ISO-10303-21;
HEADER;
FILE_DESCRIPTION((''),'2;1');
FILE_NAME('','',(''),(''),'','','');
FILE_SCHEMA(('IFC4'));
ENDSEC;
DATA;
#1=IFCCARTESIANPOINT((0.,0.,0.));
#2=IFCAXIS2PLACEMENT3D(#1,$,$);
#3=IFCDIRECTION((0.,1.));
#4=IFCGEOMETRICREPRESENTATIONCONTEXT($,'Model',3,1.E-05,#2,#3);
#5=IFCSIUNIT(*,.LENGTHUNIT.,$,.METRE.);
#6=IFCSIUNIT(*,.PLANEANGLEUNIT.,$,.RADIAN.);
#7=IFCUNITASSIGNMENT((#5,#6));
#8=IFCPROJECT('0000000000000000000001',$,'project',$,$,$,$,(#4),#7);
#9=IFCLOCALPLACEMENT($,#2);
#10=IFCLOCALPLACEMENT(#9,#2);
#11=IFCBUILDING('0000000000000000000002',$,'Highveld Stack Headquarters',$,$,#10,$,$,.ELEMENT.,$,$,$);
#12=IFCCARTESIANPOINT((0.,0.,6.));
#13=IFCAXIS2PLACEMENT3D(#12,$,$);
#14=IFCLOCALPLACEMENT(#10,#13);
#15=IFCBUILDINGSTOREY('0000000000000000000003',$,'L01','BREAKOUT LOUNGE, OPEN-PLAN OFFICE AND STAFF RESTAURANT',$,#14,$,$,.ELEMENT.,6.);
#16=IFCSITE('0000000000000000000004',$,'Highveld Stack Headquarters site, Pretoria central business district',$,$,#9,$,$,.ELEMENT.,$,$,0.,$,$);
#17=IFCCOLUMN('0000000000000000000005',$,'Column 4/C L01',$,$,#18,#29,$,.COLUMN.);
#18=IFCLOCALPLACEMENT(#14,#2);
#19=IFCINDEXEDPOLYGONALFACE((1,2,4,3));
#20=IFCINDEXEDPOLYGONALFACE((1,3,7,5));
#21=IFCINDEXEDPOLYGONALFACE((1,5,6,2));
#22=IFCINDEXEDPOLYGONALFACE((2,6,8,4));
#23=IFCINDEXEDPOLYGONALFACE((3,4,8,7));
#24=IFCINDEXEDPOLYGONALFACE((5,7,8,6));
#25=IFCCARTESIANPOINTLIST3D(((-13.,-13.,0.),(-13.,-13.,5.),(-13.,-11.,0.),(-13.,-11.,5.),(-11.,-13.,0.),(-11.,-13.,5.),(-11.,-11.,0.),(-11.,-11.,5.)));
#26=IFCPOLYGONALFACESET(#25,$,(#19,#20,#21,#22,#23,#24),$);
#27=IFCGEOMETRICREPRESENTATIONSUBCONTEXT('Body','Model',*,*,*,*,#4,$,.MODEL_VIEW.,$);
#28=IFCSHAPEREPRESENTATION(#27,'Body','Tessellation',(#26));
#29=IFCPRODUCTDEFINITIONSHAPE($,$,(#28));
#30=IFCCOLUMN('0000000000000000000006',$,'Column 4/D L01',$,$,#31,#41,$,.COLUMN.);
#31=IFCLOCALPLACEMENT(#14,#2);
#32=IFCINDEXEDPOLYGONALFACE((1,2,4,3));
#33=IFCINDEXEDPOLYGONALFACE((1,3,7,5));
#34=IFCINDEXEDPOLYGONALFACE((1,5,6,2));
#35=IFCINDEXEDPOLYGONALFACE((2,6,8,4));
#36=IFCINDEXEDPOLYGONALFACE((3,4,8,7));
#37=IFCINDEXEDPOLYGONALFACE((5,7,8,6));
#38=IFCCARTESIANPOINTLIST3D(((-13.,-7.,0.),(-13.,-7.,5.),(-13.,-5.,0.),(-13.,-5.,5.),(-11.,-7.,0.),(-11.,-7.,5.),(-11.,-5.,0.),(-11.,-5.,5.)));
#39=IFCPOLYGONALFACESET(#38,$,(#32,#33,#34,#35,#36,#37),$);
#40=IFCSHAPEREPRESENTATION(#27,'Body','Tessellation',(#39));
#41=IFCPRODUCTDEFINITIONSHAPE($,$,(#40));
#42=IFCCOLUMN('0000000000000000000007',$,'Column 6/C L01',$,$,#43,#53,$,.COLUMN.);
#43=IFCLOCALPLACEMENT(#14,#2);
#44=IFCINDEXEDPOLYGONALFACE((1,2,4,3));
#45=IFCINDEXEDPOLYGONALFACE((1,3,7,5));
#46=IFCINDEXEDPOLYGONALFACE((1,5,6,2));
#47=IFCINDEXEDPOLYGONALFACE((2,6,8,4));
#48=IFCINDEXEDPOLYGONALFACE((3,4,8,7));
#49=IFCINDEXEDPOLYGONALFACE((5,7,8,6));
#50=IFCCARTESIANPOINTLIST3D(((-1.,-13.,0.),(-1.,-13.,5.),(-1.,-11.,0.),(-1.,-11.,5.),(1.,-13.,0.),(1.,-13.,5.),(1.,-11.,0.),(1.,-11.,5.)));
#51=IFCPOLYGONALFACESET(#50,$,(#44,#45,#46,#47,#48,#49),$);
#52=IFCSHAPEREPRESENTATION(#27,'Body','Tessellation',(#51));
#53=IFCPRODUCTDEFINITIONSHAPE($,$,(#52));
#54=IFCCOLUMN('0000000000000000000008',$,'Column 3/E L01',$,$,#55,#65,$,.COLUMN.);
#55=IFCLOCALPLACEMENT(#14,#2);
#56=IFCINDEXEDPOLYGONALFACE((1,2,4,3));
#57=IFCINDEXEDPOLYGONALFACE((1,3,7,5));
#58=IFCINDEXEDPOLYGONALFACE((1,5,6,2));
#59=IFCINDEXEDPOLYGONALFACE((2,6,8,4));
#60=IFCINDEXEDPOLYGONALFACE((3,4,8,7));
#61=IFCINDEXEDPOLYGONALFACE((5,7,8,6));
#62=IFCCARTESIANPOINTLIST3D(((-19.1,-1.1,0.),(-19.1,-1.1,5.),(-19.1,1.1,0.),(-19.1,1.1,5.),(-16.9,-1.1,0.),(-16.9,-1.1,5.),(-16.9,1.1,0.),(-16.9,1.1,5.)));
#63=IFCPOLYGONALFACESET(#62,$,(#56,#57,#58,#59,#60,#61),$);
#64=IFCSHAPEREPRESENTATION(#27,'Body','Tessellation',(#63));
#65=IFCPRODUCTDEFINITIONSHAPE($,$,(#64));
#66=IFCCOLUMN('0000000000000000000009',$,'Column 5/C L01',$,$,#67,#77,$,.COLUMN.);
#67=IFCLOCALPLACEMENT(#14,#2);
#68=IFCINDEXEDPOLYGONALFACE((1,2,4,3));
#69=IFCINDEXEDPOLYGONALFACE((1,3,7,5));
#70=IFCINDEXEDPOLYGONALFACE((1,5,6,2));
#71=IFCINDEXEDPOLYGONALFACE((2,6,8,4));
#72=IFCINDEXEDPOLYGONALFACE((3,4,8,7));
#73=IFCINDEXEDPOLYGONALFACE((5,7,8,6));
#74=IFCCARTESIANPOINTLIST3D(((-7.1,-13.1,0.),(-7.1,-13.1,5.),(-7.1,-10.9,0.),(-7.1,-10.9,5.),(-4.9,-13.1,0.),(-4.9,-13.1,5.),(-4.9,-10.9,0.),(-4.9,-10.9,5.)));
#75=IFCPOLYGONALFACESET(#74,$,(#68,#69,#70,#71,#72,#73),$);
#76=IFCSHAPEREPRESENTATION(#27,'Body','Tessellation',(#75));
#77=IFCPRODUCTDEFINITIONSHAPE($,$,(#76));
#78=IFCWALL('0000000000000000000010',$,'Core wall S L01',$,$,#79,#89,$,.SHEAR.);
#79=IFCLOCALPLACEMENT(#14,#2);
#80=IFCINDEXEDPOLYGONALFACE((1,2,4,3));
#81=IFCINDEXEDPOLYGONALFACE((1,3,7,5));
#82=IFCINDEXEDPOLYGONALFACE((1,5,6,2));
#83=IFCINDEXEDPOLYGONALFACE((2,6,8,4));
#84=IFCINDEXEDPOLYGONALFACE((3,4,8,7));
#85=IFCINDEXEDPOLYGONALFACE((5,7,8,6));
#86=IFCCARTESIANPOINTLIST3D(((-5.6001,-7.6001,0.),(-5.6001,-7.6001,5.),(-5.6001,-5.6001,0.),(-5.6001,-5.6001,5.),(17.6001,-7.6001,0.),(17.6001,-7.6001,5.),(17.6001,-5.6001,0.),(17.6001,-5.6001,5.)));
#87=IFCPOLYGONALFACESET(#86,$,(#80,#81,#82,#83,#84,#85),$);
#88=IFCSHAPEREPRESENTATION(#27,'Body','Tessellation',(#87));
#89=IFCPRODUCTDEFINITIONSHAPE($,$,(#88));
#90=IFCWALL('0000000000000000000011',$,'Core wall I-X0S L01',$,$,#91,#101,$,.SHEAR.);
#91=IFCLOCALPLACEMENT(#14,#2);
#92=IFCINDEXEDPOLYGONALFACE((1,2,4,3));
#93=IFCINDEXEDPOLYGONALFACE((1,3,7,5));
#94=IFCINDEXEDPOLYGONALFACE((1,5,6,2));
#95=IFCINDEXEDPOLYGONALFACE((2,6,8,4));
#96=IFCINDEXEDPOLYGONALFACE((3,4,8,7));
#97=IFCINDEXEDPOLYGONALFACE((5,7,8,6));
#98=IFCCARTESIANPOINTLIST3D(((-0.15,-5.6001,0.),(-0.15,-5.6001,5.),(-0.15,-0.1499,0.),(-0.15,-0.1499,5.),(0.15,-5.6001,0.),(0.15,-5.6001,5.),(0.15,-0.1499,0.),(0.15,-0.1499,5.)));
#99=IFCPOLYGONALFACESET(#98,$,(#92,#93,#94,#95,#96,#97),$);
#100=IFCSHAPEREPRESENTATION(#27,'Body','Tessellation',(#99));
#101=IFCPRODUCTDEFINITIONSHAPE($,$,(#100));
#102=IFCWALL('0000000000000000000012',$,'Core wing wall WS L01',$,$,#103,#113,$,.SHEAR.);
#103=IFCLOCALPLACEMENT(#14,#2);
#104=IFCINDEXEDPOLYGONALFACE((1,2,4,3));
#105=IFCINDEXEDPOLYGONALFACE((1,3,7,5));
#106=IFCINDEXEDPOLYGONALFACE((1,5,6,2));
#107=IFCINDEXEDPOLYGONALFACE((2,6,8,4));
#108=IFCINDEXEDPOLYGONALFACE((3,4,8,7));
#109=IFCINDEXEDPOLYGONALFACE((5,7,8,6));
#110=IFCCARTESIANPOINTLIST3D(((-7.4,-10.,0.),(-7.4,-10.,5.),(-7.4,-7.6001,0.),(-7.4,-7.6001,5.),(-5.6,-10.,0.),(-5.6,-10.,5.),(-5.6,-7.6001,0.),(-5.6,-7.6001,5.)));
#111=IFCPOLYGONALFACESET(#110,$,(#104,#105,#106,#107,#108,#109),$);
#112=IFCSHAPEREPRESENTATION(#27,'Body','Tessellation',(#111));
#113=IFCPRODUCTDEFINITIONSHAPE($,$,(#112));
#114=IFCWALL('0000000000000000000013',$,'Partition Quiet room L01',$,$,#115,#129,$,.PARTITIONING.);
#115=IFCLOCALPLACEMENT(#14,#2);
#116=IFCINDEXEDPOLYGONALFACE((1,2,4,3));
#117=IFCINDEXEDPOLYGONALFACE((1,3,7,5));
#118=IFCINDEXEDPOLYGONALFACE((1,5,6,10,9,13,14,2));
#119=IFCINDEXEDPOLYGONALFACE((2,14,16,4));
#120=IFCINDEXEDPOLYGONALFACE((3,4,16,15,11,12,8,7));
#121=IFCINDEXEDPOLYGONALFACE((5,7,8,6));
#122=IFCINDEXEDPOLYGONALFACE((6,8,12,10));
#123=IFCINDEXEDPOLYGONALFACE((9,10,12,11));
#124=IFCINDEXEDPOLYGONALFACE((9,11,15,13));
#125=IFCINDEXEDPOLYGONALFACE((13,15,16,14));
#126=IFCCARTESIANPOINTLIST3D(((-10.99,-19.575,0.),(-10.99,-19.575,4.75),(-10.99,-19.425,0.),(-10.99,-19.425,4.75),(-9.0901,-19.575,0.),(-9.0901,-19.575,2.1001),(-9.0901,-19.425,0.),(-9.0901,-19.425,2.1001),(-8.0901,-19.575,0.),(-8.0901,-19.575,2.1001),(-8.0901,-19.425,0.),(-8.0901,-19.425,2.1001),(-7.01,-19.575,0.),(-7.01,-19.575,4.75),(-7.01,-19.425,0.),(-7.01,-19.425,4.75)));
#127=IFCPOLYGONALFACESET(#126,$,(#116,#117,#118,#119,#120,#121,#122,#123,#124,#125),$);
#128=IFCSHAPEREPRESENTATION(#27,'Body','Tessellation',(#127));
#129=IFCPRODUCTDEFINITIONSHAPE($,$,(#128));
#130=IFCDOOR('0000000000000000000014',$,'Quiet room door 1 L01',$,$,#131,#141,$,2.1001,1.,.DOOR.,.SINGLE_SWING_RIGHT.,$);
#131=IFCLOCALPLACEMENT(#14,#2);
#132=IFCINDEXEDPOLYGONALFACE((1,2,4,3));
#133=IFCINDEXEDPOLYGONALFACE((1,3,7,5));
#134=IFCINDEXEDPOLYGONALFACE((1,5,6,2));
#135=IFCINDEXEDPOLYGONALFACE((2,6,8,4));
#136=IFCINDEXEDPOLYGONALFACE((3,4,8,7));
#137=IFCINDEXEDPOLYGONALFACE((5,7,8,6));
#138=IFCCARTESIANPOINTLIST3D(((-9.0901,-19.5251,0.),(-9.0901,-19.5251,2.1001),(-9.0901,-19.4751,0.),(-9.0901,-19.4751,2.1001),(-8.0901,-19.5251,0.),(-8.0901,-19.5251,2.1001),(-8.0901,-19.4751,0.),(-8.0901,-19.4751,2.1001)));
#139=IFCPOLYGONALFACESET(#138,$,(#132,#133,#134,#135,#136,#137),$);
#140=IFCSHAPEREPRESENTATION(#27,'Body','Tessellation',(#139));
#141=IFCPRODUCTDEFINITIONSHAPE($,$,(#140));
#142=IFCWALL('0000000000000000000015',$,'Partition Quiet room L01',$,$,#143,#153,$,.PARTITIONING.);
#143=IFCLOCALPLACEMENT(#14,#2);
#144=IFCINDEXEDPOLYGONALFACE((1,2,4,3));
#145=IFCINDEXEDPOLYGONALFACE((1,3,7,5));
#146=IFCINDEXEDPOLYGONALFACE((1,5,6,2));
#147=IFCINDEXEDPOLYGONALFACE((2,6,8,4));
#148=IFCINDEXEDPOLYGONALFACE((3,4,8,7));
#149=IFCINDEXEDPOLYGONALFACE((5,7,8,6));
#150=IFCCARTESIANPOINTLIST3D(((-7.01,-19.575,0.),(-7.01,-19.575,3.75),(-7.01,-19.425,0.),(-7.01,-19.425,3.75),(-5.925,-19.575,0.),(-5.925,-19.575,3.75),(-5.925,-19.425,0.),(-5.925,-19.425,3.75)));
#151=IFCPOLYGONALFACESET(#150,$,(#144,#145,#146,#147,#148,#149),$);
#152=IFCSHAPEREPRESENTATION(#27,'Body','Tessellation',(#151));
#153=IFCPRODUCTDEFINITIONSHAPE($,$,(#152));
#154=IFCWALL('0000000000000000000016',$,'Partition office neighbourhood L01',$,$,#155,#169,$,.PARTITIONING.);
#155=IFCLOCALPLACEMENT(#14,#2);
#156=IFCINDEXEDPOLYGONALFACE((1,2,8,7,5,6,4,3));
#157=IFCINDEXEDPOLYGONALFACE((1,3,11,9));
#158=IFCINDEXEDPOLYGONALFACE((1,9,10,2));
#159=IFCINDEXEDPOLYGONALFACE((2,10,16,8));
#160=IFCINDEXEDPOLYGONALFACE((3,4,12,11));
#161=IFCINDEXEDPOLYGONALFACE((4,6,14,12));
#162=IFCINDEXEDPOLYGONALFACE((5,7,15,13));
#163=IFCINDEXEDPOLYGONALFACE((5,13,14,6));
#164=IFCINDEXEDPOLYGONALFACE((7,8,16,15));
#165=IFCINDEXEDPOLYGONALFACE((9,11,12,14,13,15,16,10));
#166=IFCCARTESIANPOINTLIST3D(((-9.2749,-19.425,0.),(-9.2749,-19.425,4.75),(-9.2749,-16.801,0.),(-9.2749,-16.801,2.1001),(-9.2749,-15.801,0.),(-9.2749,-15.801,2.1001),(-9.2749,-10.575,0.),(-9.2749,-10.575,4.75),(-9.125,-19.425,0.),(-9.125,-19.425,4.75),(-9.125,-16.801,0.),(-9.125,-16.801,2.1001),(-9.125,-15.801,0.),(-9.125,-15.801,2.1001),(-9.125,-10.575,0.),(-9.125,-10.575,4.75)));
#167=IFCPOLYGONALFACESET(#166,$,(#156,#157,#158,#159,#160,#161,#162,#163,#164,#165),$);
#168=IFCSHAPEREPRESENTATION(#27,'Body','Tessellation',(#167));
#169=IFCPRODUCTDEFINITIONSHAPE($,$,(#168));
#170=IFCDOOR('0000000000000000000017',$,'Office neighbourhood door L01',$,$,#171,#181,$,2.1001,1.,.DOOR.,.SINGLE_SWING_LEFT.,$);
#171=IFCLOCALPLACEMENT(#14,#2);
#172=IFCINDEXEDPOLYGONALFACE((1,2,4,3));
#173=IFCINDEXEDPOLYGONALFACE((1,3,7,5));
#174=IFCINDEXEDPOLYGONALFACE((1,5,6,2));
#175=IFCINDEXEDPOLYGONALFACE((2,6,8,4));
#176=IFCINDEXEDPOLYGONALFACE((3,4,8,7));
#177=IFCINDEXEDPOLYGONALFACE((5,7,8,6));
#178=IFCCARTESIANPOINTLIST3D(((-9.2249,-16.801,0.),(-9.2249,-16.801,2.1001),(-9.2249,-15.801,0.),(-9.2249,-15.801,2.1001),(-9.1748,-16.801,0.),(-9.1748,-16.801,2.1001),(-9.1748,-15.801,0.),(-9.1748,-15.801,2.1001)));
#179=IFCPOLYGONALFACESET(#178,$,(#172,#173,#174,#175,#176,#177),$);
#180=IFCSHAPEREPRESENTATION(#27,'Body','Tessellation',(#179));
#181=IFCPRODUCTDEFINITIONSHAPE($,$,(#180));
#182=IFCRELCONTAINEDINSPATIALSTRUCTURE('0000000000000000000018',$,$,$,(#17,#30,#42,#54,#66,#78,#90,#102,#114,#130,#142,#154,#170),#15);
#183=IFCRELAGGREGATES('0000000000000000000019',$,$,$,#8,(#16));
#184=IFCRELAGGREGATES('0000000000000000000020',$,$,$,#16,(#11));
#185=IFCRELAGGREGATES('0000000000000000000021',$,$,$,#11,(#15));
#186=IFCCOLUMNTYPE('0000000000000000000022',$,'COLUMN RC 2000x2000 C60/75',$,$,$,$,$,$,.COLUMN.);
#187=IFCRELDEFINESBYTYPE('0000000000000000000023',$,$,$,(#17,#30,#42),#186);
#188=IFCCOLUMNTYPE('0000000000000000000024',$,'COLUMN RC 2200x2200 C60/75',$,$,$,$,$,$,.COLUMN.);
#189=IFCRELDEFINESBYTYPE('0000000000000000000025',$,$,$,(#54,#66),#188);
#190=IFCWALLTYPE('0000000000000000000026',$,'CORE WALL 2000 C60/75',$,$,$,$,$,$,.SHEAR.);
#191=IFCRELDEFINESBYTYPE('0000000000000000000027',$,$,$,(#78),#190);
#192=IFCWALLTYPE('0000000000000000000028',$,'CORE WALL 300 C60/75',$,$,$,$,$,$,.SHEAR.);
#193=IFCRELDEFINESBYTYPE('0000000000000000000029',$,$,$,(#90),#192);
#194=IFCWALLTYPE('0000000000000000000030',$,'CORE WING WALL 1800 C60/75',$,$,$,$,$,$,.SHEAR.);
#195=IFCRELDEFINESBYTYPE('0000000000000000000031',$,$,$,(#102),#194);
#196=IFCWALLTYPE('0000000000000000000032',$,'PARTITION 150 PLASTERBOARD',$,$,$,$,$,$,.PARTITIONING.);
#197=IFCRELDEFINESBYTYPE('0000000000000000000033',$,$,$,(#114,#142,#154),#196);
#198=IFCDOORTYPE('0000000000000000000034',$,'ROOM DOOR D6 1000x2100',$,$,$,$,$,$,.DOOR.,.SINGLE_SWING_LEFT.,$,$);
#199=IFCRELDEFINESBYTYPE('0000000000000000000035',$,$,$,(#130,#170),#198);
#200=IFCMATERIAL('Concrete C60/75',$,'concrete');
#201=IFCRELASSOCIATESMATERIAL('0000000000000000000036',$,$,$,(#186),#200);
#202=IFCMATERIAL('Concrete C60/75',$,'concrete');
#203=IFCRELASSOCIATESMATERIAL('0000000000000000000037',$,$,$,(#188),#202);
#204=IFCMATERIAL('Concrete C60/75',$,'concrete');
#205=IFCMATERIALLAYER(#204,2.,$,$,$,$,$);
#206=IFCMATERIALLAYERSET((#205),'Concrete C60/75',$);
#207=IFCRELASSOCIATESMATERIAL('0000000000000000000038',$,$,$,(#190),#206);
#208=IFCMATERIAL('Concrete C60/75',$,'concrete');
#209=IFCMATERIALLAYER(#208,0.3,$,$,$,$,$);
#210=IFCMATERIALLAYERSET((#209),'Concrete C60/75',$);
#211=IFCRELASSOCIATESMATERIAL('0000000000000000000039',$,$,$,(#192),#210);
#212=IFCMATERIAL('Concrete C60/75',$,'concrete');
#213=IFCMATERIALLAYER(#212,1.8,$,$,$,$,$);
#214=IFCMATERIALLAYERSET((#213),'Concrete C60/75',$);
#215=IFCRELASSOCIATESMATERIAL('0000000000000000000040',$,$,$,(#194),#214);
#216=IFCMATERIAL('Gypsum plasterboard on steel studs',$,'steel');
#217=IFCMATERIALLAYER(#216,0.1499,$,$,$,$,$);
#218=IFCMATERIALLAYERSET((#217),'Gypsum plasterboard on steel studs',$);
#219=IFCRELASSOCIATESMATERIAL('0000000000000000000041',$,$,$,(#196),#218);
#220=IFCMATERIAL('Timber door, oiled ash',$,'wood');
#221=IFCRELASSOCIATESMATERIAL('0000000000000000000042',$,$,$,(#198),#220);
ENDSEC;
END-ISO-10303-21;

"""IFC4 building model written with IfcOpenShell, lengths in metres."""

from ifc_helpers import new_model, si_unit, direction, frame, frame_2d, origin, origin_2d, place, context, subcontext, project, spatial, rectangle, extrude, material, layer, layer_set, material_profile, profile_set, type_object, element, fill, save


model = new_model("IFC4")

# Units and contexts
model_context = context("Model", 3, precision=1e-05, world=origin(), true_north=direction((0.0, 1.0)))
body_context = subcontext(model_context, "Body", "Model", "MODEL_VIEW")
ifc_project = project(units=[si_unit("LENGTHUNIT", "METRE"), si_unit("PLANEANGLEUNIT", "RADIAN")], contexts=[model_context])

# Site, building, storey
site_placement = place(None, origin())
site = spatial("IfcSite", under=ifc_project, at=site_placement, Name="Highveld Stack Headquarters site, Pretoria central business district", CompositionType="ELEMENT", RefElevation=0.0)
building_placement = place(site_placement, origin())
building = spatial("IfcBuilding", under=site, at=building_placement, Name="Highveld Stack Headquarters", CompositionType="ELEMENT")
storey_placement = place(building_placement, frame((0.0, 0.0, 6.0)))
storey = spatial("IfcBuildingStorey", under=building, at=storey_placement, Name="L01", Description="BREAKOUT LOUNGE, OPEN-PLAN OFFICE AND STAFF RESTAURANT", CompositionType="ELEMENT", Elevation=6.0)

# Columns
ifc_material_1 = material(Name="Concrete C60/75", Category="concrete")
ifc_material_profile_1 = material_profile(ifc_material_1, rectangle(XDim=2.0, YDim=2.0, at=origin_2d()), Name="RC 2000x2000")
ifc_profile_set_1 = profile_set([ifc_material_profile_1], Name="Concrete C60/75")
column_type_1 = type_object("IfcColumnType", Name="COLUMN RC 2000x2000 C60/75", PredefinedType="COLUMN", material=ifc_profile_set_1)
for number, where, z_axis, x_axis, name in (
    (1, (-12.0, -12.0, 0.0), (0.0, 0.0, 1.0), (1.0, 0.0, 0.0), "Column 4/C L01"),
    (2, (-12.0, -6.0, 0.0), (0.0, 0.0, 1.0), (1.0, 0.0, 0.0), "Column 4/D L01"),
    (3, (0.0, -12.0, 0.0), (0.0, 0.0, 1.0), (1.0, 0.0, 0.0), "Column 6/C L01"),
):
    element("IfcColumn", number, at=place(storey_placement, frame(where, z_axis=z_axis, x_axis=x_axis)), inside=storey, type_object=column_type_1, Name=name, PredefinedType="COLUMN", context=body_context, shape_type="SweptSolid", body=[
        extrude(rectangle(XDim=2.0, YDim=2.0, at=origin_2d()), origin(), (0.0, 0.0, 1.0), 5.0),
    ])
ifc_material_2 = material(Name="Concrete C60/75", Category="concrete")
ifc_material_profile_2 = material_profile(ifc_material_2, rectangle(XDim=2.2, YDim=2.2, at=origin_2d()), Name="RC 2200x2200")
ifc_profile_set_2 = profile_set([ifc_material_profile_2], Name="Concrete C60/75")
column_type_2 = type_object("IfcColumnType", Name="COLUMN RC 2200x2200 C60/75", PredefinedType="COLUMN", material=ifc_profile_set_2)
for number, where, z_axis, x_axis, name in (
    (4, (-18.0, 0.0, 0.0), (0.0, 0.0, 1.0), (1.0, 0.0, 0.0), "Column 3/E L01"),
    (5, (-6.0, -12.0, 0.0), (0.0, 0.0, 1.0), (1.0, 0.0, 0.0), "Column 5/C L01"),
):
    element("IfcColumn", number, at=place(storey_placement, frame(where, z_axis=z_axis, x_axis=x_axis)), inside=storey, type_object=column_type_2, Name=name, PredefinedType="COLUMN", context=body_context, shape_type="SweptSolid", body=[
        extrude(rectangle(XDim=2.2, YDim=2.2, at=origin_2d()), origin(), (0.0, 0.0, 1.0), 5.0),
    ])

# Walls
ifc_material_3 = material(Name="Concrete C60/75", Category="concrete")
ifc_layer_1 = layer(ifc_material_3, 2.0)
ifc_layer_set_1 = layer_set([ifc_layer_1], Name="Concrete C60/75")
wall_type_1 = type_object("IfcWallType", Name="CORE WALL 2000 C60/75", PredefinedType="SHEAR", material=ifc_layer_set_1)
wall_1_placement = place(storey_placement, frame((-5.6001, -6.6001, 0.0), z_axis=(0.0, 0.0, 1.0), x_axis=(1.0, 0.0, 0.0)))
element("IfcWall", 6, at=wall_1_placement, inside=storey, type_object=wall_type_1, Name="Core wall S L01", PredefinedType="SHEAR", context=body_context, shape_type="SweptSolid", body=[
    extrude(rectangle(XDim=23.2002, YDim=2.0, at=frame_2d((11.6001, 0.0))), origin(), (0.0, 0.0, 1.0), 5.0),
])
ifc_material_4 = material(Name="Concrete C60/75", Category="concrete")
ifc_layer_2 = layer(ifc_material_4, 0.3)
ifc_layer_set_2 = layer_set([ifc_layer_2], Name="Concrete C60/75")
wall_type_2 = type_object("IfcWallType", Name="CORE WALL 300 C60/75", PredefinedType="SHEAR", material=ifc_layer_set_2)
wall_2_placement = place(storey_placement, frame((0.0, -5.6001, 0.0), z_axis=(0.0, 0.0, 1.0), x_axis=(0.0, 1.0, 0.0)))
element("IfcWall", 7, at=wall_2_placement, inside=storey, type_object=wall_type_2, Name="Core wall I-X0S L01", PredefinedType="SHEAR", context=body_context, shape_type="SweptSolid", body=[
    extrude(rectangle(XDim=5.4502, YDim=0.3, at=frame_2d((2.7251, 0.0))), origin(), (0.0, 0.0, 1.0), 5.0),
])
ifc_material_5 = material(Name="Concrete C60/75", Category="concrete")
ifc_layer_3 = layer(ifc_material_5, 1.8)
ifc_layer_set_3 = layer_set([ifc_layer_3], Name="Concrete C60/75")
wall_type_3 = type_object("IfcWallType", Name="CORE WING WALL 1800 C60/75", PredefinedType="SHEAR", material=ifc_layer_set_3)
wall_3_placement = place(storey_placement, frame((-6.5, -10.0, 0.0), z_axis=(0.0, 0.0, 1.0), x_axis=(0.0, 1.0, 0.0)))
element("IfcWall", 8, at=wall_3_placement, inside=storey, type_object=wall_type_3, Name="Core wing wall WS L01", PredefinedType="SHEAR", context=body_context, shape_type="SweptSolid", body=[
    extrude(rectangle(XDim=2.3999, YDim=1.8, at=frame_2d((1.2, 0.0))), origin(), (0.0, 0.0, 1.0), 5.0),
])

# Wall, opening, door
ifc_material_6 = material(Name="Gypsum plasterboard on steel studs", Category="steel")
ifc_layer_4 = layer(ifc_material_6, 0.1499)
ifc_layer_set_4 = layer_set([ifc_layer_4], Name="Gypsum plasterboard on steel studs")
wall_type_4 = type_object("IfcWallType", Name="PARTITION 150 PLASTERBOARD", PredefinedType="PARTITIONING", material=ifc_layer_set_4)
wall_4_placement = place(storey_placement, frame((-10.99, -19.5, 0.0), z_axis=(0.0, 0.0, 1.0), x_axis=(1.0, 0.0, 0.0)))
wall_4 = element("IfcWall", 9, at=wall_4_placement, inside=storey, type_object=wall_type_4, Name="Partition Quiet room L01", PredefinedType="PARTITIONING", context=body_context, shape_type="SweptSolid", body=[
    extrude(rectangle(XDim=3.98, YDim=0.1499, at=frame_2d((1.99, 0.0))), origin(), (0.0, 0.0, 1.0), 4.75),
])
opening_1_placement = place(wall_4_placement, frame((1.8999, 0.0, 0.0)))
opening_1 = element("IfcOpeningElement", 10, at=opening_1_placement, cuts=wall_4, PredefinedType="OPENING", context=body_context, shape_type="SweptSolid", body=[
    extrude(rectangle(XDim=1.0, YDim=2.1001, at=frame_2d((0.5, 1.05))), frame((0.0, 0.085, 0.0), z_axis=(0.0, -1.0, 0.0), x_axis=(1.0, 0.0, 0.0)), (0.0, 0.0, 1.0), 0.1699),
])
ifc_material_7 = material(Name="Timber door, oiled ash", Category="wood")
door_type_1 = type_object("IfcDoorType", Name="ROOM DOOR D6 1000x2100", OperationType="SINGLE_SWING_LEFT", PredefinedType="DOOR", material=ifc_material_7)
door_1_placement = place(opening_1_placement, origin())
door_1 = element("IfcDoor", 11, at=door_1_placement, inside=storey, type_object=door_type_1, Name="Quiet room door 1 L01", OperationType="SINGLE_SWING_RIGHT", OverallHeight=2.1001, OverallWidth=1.0, PredefinedType="DOOR", context=body_context, shape_type="SweptSolid", body=[
    extrude(rectangle(XDim=1.0, YDim=2.1001, at=frame_2d((0.5, 1.05))), frame((0.0, 0.0249, 0.0), z_axis=(0.0, -1.0, 0.0), x_axis=(1.0, 0.0, 0.0)), (0.0, 0.0, 1.0), 0.05),
])
fill(opening_1, door_1)

# Wall
wall_5_placement = place(storey_placement, frame((-7.01, -19.5, 0.0), z_axis=(0.0, 0.0, 1.0), x_axis=(1.0, 0.0, 0.0)))
element("IfcWall", 12, at=wall_5_placement, inside=storey, type_object=wall_type_4, Name="Partition Quiet room L01", PredefinedType="PARTITIONING", context=body_context, shape_type="SweptSolid", body=[
    extrude(rectangle(XDim=1.085, YDim=0.1499, at=frame_2d((0.5425, 0.0))), origin(), (0.0, 0.0, 1.0), 3.75),
])

# Wall, opening, door
wall_6_placement = place(storey_placement, frame((-9.2, -19.425, 0.0), z_axis=(0.0, 0.0, 1.0), x_axis=(0.0, 1.0, 0.0)))
wall_6 = element("IfcWall", 13, at=wall_6_placement, inside=storey, type_object=wall_type_4, Name="Partition office neighbourhood L01", PredefinedType="PARTITIONING", context=body_context, shape_type="SweptSolid", body=[
    extrude(rectangle(XDim=8.8501, YDim=0.1499, at=frame_2d((4.425, 0.0))), origin(), (0.0, 0.0, 1.0), 4.75),
])
opening_2_placement = place(wall_6_placement, frame((2.624, 0.0, 0.0)))
opening_2 = element("IfcOpeningElement", 14, at=opening_2_placement, cuts=wall_6, PredefinedType="OPENING", context=body_context, shape_type="SweptSolid", body=[
    extrude(rectangle(XDim=1.0, YDim=2.1001, at=frame_2d((0.5, 1.05))), frame((0.0, 0.085, 0.0), z_axis=(0.0, -1.0, 0.0), x_axis=(1.0, 0.0, 0.0)), (0.0, 0.0, 1.0), 0.1699),
])
door_2_placement = place(opening_2_placement, origin())
door_2 = element("IfcDoor", 15, at=door_2_placement, inside=storey, type_object=door_type_1, Name="Office neighbourhood door L01", OperationType="SINGLE_SWING_LEFT", OverallHeight=2.1001, OverallWidth=1.0, PredefinedType="DOOR", context=body_context, shape_type="SweptSolid", body=[
    extrude(rectangle(XDim=1.0, YDim=2.1001, at=frame_2d((0.5, 1.05))), frame((0.0, 0.0249, 0.0), z_axis=(0.0, -1.0, 0.0), x_axis=(1.0, 0.0, 0.0)), (0.0, 0.0, 1.0), 0.05),
])
fill(opening_2, door_2)

save(model, "model.ifc")
